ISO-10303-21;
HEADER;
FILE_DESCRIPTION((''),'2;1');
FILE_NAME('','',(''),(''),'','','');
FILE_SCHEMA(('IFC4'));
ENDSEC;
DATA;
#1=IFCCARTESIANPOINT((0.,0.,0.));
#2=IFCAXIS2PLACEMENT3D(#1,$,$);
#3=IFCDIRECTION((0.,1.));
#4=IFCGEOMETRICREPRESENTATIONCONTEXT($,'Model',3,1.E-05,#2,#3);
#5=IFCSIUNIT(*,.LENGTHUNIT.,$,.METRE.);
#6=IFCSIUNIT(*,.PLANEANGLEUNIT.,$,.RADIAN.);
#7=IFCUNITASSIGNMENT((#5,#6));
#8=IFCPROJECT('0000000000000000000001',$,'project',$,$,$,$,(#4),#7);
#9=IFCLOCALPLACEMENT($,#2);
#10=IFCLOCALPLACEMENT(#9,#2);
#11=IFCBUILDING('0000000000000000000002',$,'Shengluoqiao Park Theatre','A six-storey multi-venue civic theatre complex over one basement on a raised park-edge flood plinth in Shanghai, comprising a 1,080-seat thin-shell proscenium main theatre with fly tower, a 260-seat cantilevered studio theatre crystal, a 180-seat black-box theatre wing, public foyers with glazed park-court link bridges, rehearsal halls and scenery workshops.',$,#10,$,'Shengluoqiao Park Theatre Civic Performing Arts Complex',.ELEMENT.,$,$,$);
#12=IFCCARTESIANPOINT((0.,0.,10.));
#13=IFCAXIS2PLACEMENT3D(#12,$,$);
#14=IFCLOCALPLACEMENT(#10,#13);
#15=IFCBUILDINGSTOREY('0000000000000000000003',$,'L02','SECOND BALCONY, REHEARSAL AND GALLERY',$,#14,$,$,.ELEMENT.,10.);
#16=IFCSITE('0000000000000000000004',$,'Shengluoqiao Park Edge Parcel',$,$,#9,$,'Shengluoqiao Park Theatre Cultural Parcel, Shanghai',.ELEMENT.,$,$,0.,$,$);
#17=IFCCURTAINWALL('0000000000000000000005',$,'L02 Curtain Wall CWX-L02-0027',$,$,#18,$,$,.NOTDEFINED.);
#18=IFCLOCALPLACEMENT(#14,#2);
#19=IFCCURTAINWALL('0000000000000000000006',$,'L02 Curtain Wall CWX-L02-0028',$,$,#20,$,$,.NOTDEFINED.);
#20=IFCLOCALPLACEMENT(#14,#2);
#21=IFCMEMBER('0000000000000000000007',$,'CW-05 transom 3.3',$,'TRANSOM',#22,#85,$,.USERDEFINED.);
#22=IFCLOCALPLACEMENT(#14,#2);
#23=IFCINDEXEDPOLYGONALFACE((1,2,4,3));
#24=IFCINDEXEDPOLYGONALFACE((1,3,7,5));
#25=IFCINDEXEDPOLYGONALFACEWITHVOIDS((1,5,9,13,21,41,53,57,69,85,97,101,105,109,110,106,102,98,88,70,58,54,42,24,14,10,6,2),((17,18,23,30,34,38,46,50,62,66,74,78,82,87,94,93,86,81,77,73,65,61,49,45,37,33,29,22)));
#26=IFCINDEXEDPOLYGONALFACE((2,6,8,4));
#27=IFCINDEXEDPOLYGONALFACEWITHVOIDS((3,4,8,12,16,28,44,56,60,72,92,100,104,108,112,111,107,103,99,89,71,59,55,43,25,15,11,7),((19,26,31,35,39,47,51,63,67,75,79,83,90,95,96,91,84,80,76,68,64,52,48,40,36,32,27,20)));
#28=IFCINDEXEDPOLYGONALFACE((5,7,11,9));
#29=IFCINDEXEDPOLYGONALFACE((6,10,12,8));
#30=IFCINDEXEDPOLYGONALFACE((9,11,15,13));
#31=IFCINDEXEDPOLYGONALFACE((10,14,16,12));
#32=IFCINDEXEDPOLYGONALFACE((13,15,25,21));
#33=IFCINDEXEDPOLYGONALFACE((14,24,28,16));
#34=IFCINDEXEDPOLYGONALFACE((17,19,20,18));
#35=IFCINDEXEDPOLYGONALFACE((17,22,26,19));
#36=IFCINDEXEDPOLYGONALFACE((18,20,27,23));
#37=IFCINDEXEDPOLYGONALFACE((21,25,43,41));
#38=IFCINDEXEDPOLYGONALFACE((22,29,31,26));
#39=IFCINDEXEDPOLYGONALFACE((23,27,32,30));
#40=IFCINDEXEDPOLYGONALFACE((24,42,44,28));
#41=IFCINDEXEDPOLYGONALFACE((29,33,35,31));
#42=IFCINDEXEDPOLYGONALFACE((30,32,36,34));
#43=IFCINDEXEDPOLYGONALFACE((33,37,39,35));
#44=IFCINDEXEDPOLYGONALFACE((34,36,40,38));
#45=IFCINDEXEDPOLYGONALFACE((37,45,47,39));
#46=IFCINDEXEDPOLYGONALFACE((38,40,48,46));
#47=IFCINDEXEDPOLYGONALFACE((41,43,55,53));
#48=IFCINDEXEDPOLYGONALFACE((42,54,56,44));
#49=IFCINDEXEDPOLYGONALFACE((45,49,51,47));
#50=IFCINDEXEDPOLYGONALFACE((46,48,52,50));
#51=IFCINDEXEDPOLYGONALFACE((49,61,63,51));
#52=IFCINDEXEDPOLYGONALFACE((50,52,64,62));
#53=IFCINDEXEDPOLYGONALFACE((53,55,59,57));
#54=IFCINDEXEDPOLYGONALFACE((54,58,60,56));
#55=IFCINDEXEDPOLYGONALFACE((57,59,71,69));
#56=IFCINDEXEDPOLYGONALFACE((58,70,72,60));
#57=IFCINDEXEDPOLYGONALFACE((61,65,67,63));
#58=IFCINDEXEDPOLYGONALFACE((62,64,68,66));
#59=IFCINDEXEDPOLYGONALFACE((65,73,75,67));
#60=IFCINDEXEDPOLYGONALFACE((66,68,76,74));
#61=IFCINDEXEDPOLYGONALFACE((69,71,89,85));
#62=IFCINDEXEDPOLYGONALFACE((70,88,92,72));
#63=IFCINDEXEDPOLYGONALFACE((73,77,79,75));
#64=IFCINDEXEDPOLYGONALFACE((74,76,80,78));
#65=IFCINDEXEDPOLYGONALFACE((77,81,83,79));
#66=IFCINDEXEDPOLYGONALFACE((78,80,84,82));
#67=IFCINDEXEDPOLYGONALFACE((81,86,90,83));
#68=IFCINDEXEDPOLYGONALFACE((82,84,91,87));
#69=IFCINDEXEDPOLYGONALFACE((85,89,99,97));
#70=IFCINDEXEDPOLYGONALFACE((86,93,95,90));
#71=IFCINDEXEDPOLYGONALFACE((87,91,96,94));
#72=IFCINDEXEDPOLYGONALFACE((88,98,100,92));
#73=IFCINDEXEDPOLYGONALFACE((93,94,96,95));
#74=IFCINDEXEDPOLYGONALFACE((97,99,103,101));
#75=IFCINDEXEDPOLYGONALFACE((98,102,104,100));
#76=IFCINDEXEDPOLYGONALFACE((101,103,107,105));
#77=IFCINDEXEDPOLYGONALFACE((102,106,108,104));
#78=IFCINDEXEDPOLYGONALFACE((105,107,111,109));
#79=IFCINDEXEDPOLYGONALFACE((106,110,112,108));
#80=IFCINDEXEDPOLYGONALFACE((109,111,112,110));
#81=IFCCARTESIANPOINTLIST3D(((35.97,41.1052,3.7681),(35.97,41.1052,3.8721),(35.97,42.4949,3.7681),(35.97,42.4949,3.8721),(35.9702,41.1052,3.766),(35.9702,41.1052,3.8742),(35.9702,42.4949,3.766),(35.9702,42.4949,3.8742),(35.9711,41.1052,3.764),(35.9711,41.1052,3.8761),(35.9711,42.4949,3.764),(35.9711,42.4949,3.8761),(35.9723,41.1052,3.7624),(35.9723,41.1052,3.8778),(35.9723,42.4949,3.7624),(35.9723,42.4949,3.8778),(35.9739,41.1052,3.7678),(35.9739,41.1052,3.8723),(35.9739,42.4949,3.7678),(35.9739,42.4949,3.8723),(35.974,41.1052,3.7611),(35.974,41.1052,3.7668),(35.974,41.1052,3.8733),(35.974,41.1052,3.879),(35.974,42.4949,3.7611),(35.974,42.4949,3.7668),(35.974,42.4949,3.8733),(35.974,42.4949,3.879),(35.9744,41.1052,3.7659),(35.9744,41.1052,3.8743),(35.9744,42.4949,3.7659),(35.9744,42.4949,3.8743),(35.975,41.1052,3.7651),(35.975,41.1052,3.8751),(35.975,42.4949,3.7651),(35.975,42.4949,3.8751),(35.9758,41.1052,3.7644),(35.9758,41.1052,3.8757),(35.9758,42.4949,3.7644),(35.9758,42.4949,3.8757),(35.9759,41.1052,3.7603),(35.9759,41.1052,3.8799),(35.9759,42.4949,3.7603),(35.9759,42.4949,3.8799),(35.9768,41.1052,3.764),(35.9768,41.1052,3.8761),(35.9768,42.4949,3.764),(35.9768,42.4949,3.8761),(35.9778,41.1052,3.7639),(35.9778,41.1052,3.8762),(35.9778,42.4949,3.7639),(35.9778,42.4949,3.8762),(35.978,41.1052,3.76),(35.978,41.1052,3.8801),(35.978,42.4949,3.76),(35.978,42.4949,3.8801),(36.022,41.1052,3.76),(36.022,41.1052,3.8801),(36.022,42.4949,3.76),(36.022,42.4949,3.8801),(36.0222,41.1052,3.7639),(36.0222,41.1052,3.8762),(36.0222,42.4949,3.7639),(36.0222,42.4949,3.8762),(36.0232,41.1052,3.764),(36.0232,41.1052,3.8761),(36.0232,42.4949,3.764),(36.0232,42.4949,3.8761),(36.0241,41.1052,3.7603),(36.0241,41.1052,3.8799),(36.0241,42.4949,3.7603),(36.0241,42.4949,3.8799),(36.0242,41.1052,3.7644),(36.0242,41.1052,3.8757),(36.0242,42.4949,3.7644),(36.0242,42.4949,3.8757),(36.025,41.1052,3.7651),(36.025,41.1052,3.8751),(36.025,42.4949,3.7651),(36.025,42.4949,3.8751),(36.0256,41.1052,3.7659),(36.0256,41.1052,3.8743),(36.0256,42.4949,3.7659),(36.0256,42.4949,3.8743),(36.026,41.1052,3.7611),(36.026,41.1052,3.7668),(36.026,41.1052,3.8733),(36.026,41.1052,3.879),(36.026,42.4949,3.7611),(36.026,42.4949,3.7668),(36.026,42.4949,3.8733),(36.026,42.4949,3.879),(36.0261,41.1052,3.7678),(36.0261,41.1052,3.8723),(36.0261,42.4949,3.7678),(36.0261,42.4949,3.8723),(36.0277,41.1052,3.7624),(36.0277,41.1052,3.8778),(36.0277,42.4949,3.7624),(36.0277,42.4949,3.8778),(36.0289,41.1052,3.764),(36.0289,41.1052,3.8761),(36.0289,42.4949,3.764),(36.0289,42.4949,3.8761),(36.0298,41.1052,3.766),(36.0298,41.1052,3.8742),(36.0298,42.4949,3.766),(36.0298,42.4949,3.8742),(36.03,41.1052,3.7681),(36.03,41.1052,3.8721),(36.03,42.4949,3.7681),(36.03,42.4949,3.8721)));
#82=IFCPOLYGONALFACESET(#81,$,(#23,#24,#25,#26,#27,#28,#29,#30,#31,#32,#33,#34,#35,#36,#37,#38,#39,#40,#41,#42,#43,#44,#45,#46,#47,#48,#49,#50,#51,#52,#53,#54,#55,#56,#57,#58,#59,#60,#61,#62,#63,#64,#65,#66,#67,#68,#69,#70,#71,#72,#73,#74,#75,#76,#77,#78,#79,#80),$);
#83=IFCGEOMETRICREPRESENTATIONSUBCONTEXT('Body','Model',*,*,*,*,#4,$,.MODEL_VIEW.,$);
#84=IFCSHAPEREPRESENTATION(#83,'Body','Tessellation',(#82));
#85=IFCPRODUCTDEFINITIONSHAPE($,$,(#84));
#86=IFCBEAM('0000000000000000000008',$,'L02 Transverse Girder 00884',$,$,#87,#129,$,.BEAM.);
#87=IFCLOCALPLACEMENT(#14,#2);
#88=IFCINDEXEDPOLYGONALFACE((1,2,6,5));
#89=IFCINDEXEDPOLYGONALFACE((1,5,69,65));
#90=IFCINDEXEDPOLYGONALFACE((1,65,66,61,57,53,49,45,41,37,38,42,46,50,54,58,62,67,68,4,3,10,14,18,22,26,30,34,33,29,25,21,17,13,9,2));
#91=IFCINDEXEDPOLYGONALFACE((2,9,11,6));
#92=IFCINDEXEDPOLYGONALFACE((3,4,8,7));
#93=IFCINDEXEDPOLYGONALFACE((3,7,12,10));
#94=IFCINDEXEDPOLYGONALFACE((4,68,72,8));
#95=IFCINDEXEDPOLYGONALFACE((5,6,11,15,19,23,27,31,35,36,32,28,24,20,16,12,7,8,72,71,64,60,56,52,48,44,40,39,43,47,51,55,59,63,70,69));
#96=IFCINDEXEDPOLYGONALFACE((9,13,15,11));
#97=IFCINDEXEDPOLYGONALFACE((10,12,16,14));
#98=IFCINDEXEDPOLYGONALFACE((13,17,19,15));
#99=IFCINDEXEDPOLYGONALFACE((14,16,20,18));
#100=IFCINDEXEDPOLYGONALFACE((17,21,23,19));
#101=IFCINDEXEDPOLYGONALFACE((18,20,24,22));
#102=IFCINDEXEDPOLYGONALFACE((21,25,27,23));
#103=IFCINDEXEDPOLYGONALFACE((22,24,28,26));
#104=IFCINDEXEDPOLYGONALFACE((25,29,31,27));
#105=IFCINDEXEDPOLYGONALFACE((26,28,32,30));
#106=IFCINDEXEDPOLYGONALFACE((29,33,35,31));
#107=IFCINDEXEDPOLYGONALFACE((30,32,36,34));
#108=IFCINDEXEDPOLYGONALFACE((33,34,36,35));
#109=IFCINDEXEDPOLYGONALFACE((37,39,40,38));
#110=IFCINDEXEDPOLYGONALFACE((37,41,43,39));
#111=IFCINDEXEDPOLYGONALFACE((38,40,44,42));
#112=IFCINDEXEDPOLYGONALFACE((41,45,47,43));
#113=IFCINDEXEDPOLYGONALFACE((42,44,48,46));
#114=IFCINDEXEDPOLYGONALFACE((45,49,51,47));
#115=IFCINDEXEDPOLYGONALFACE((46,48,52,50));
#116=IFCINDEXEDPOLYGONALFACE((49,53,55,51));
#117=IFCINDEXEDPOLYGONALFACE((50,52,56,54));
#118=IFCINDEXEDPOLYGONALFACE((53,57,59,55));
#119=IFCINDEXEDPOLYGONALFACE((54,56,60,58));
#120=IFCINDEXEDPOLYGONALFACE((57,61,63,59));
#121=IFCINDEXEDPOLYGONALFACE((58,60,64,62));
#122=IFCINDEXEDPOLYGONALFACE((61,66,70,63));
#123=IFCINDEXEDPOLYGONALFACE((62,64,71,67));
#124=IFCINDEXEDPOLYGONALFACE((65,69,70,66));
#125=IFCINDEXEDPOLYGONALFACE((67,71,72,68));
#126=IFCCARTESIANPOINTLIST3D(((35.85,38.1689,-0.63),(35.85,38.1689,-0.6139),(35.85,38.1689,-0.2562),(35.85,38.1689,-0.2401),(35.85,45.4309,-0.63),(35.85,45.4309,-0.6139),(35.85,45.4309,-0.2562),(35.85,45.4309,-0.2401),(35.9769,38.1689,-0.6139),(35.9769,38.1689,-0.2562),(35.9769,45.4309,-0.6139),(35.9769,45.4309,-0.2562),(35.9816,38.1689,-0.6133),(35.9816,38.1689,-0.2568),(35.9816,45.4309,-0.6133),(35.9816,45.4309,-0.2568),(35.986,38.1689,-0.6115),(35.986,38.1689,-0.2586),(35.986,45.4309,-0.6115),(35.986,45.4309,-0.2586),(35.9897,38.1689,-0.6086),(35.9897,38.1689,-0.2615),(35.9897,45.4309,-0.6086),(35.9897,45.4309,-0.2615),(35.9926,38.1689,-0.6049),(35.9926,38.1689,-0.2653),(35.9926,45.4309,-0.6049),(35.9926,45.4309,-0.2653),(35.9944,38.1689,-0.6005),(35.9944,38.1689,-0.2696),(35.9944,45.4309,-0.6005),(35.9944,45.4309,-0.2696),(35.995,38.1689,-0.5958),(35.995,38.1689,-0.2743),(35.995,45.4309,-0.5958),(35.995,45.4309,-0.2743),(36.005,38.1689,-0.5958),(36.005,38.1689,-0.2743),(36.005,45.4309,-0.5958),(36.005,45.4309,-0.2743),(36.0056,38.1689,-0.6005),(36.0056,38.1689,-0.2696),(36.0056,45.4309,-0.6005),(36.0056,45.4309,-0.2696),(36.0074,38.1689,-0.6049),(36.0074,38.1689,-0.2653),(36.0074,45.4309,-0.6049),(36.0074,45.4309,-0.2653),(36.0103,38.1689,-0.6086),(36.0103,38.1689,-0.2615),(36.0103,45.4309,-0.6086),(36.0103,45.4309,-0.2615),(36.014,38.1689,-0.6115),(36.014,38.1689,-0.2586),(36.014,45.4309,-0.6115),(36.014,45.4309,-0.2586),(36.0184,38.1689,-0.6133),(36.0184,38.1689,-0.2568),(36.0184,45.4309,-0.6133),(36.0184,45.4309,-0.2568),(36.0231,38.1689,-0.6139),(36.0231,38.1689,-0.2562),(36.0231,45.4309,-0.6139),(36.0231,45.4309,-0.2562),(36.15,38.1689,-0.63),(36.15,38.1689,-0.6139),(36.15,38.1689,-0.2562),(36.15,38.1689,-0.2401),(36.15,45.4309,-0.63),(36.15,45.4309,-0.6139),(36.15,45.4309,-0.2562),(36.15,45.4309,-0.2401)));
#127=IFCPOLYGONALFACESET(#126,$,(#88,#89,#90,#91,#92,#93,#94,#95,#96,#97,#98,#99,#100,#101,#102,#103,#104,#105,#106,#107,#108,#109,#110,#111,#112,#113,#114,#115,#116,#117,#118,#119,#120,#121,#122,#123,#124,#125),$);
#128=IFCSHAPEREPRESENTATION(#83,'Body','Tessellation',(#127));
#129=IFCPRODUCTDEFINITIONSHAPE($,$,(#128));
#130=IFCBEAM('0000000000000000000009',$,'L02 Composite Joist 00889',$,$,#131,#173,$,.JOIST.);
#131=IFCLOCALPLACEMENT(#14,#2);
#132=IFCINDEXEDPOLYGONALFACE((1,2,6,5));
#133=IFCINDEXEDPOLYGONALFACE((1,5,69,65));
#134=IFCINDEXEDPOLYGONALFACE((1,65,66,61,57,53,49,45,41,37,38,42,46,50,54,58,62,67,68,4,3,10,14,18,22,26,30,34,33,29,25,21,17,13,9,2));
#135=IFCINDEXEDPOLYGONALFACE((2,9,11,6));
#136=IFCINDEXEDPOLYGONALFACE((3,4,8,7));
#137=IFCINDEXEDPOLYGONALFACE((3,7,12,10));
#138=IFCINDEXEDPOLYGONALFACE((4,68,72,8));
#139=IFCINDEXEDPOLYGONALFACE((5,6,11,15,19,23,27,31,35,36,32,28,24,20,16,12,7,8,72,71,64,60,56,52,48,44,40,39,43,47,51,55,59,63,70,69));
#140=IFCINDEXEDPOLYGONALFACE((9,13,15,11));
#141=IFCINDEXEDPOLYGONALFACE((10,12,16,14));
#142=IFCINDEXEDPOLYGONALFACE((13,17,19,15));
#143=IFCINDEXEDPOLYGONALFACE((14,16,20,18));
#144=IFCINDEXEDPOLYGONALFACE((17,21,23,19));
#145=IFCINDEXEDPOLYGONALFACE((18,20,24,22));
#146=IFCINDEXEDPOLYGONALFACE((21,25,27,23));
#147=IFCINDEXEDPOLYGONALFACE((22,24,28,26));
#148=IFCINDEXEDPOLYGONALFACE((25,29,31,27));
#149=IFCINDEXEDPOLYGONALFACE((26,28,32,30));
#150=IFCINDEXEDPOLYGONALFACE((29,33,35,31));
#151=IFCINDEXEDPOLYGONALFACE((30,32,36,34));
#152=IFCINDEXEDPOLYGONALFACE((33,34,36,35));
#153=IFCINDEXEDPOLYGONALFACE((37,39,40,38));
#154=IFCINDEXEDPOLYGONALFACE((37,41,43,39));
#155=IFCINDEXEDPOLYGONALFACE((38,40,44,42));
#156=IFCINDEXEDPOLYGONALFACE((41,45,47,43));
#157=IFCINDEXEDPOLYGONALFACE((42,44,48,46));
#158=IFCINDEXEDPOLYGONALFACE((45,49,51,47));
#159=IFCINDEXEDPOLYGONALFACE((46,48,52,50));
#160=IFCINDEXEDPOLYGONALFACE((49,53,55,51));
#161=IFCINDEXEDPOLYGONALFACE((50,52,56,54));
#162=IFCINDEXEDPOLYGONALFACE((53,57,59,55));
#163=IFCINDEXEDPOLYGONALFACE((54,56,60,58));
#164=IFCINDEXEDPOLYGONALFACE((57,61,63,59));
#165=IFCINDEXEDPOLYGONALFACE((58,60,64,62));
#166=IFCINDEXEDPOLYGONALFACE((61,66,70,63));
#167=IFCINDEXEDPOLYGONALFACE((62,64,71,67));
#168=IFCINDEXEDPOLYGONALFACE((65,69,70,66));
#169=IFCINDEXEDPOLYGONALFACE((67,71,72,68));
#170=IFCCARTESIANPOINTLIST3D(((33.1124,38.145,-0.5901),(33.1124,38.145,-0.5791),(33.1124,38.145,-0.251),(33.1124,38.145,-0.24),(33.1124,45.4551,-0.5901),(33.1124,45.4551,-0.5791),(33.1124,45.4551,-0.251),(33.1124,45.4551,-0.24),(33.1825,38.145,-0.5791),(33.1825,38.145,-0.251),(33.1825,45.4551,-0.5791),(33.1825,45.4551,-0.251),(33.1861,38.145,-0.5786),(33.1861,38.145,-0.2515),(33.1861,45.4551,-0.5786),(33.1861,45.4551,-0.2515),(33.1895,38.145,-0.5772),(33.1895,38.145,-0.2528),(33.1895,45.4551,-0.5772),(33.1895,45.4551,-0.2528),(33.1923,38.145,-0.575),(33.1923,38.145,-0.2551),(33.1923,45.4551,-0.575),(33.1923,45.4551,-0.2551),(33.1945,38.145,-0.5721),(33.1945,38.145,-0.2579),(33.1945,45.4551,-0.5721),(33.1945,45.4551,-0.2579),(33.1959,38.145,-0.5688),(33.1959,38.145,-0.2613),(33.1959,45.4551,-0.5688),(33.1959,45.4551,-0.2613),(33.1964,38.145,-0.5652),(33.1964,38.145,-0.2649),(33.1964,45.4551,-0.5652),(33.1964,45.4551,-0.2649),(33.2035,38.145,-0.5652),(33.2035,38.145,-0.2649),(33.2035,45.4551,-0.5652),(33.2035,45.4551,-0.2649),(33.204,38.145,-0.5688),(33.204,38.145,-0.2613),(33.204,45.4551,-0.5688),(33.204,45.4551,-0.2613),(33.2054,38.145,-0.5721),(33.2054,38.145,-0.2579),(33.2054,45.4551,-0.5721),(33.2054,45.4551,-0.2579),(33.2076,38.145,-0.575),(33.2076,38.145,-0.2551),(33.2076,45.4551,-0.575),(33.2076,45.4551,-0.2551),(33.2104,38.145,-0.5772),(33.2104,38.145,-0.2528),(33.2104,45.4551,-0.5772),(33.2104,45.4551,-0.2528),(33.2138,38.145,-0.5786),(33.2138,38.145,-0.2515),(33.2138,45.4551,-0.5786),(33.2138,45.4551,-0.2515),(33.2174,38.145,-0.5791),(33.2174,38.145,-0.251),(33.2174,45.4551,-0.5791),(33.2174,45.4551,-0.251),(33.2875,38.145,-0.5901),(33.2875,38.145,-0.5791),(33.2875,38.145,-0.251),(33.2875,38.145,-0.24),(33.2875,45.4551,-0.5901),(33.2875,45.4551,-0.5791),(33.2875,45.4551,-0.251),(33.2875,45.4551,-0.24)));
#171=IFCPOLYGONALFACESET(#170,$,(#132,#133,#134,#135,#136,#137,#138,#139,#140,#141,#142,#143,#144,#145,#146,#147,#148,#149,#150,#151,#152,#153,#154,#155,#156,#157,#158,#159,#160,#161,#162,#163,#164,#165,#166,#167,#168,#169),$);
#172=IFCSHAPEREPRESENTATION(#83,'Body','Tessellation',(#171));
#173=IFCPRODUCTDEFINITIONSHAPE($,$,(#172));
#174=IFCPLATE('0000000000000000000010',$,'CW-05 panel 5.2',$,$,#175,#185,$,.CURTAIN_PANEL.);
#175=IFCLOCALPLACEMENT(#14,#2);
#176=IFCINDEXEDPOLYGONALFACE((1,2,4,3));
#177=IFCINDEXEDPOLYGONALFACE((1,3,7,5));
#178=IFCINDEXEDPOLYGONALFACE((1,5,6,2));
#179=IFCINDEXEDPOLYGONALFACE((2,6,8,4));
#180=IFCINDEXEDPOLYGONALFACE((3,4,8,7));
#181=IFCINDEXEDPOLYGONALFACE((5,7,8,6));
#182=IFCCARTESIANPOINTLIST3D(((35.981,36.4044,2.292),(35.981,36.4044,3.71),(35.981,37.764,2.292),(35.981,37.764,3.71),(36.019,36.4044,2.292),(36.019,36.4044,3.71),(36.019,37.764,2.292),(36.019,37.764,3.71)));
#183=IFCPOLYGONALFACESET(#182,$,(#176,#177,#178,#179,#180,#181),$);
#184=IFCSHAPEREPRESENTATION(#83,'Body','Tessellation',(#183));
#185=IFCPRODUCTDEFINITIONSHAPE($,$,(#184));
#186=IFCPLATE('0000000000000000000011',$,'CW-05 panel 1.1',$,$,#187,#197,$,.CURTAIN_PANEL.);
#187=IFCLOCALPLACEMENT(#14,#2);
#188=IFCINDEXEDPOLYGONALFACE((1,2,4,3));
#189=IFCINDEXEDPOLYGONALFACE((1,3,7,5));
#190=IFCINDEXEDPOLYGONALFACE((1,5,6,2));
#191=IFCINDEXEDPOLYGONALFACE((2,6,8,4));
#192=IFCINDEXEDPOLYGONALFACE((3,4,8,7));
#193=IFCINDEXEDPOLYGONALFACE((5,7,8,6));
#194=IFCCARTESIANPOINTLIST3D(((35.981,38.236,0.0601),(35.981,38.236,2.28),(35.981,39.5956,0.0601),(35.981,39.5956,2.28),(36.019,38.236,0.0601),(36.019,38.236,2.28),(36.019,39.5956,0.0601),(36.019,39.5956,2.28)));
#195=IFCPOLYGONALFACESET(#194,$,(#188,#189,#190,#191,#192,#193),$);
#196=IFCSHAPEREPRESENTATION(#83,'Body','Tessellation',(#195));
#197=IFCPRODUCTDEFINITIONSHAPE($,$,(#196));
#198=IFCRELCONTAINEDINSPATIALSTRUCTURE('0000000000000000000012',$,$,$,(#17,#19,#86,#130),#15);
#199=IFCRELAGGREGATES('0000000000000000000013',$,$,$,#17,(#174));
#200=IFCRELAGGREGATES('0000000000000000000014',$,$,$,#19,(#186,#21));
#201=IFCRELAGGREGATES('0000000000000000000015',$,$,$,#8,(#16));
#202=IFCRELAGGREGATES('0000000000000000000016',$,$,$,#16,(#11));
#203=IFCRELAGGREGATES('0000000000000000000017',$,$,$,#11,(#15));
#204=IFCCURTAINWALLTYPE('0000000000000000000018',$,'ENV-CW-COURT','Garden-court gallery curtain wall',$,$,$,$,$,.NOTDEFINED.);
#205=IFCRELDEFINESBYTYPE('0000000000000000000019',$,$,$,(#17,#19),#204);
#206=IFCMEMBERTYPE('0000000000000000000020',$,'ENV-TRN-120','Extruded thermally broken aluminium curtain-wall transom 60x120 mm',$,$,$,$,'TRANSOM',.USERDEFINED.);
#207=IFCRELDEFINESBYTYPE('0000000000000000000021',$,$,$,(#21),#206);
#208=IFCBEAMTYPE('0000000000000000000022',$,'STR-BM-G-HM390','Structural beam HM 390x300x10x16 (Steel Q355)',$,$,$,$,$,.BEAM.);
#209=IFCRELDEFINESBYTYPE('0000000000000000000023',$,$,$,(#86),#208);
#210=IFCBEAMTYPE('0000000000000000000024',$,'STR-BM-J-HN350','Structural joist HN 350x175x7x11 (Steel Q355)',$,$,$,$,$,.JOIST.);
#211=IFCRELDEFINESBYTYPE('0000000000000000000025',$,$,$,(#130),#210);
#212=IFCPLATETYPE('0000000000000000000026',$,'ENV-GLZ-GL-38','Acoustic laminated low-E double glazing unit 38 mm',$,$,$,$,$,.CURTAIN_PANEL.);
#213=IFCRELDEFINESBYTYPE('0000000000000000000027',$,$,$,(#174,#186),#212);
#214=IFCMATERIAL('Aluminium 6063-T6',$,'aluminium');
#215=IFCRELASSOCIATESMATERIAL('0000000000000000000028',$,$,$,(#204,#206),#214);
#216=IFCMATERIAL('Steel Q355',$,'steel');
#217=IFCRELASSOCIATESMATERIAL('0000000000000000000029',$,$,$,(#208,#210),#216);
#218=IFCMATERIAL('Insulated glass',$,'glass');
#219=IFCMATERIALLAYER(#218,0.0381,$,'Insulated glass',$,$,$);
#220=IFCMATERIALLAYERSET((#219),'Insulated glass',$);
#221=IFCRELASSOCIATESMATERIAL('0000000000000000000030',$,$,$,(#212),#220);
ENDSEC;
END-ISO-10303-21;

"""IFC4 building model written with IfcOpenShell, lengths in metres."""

from ifc_helpers import new_model, si_unit, direction, frame, origin, origin_2d, place, context, subcontext, project, spatial, rectangle, hollow_rectangle, i_section, extrude, material, layer, layer_set, material_profile, profile_set, type_object, element, aggregate, save


model = new_model("IFC4")

# Units and contexts
model_context = context("Model", 3, precision=1e-05, world=origin(), true_north=direction((0.0, 1.0)))
body_context = subcontext(model_context, "Body", "Model", "MODEL_VIEW")
ifc_project = project(units=[si_unit("LENGTHUNIT", "METRE"), si_unit("PLANEANGLEUNIT", "RADIAN")], contexts=[model_context])

# Site, building, storey
site_placement = place(None, origin())
site = spatial("IfcSite", under=ifc_project, at=site_placement, Name="Shengluoqiao Park Edge Parcel", LongName="Shengluoqiao Park Theatre Cultural Parcel, Shanghai", CompositionType="ELEMENT", RefElevation=0.0)
building_placement = place(site_placement, origin())
building = spatial("IfcBuilding", under=site, at=building_placement, Name="Shengluoqiao Park Theatre", Description="A six-storey multi-venue civic theatre complex over one basement on a raised park-edge flood plinth in Shanghai, comprising a 1,080-seat thin-shell proscenium main theatre with fly tower, a 260-seat cantilevered studio theatre crystal, a 180-seat black-box theatre wing, public foyers with glazed park-court link bridges, rehearsal halls and scenery workshops.", LongName="Shengluoqiao Park Theatre Civic Performing Arts Complex", CompositionType="ELEMENT")
storey_placement = place(building_placement, frame((0.0, 0.0, 10.0)))
storey = spatial("IfcBuildingStorey", under=building, at=storey_placement, Name="L02", Description="SECOND BALCONY, REHEARSAL AND GALLERY", CompositionType="ELEMENT", Elevation=10.0)

# Shared definitions
ifc_material_1 = material(Name="Steel Q355", Category="steel")

# Curtain wall
ifc_material_2 = material(Name="Aluminium 6063-T6", Category="aluminium")
curtain_wall_type = type_object("IfcCurtainWallType", Name="ENV-CW-COURT", Description="Garden-court gallery curtain wall", PredefinedType="NOTDEFINED", material=ifc_material_2)
curtain_wall_1_placement = place(storey_placement, origin())
curtain_wall_1 = element("IfcCurtainWall", 1, at=curtain_wall_1_placement, inside=storey, type_object=curtain_wall_type, Name="L02 Curtain Wall CWX-L02-0027", PredefinedType="NOTDEFINED")

# Curtain wall, member
curtain_wall_2_placement = place(storey_placement, origin())
curtain_wall_2 = element("IfcCurtainWall", 2, at=curtain_wall_2_placement, inside=storey, type_object=curtain_wall_type, Name="L02 Curtain Wall CWX-L02-0028", PredefinedType="NOTDEFINED")
ifc_material_profile_1 = material_profile(ifc_material_2, hollow_rectangle(XDim=0.0601, YDim=0.1201, WallThickness=0.0039, InnerFilletRadius=0.0039, OuterFilletRadius=0.0081, at=origin_2d()), Name="ALU TRANSOM 120x60x4")
ifc_profile_set_1 = profile_set([ifc_material_profile_1], Name="Aluminium 6063-T6")
member_type_1 = type_object("IfcMemberType", Name="ENV-TRN-120", Description="Extruded thermally broken aluminium curtain-wall transom 60x120 mm", ElementType="TRANSOM", PredefinedType="USERDEFINED", material=ifc_profile_set_1)
member_1_placement = place(storey_placement, frame((36.0, 41.1052, 3.8201), z_axis=(0.0, 1.0, 0.0), x_axis=(-1.0, 0.0, 0.0)))
member_1 = element("IfcMember", 3, at=member_1_placement, type_object=member_type_1, Name="CW-05 transom 3.3", ObjectType="TRANSOM", PredefinedType="USERDEFINED", context=body_context, shape_type="SweptSolid", body=[
    extrude(hollow_rectangle(XDim=0.0601, YDim=0.1201, WallThickness=0.0039, InnerFilletRadius=0.0039, OuterFilletRadius=0.0081, at=origin_2d()), origin(), (0.0, 0.0, 1.0), 1.3896),
])

# Beams
ifc_material_profile_2 = material_profile(ifc_material_1, i_section(OverallWidth=0.3, OverallDepth=0.3899, WebThickness=0.01, FlangeThickness=0.0161, FilletRadius=0.0181, at=origin_2d()), Name="HM 390x300x10x16")
ifc_profile_set_2 = profile_set([ifc_material_profile_2], Name="Steel Q355")
beam_type_1 = type_object("IfcBeamType", Name="STR-BM-G-HM390", Description="Structural beam HM 390x300x10x16 (Steel Q355)", PredefinedType="BEAM", material=ifc_profile_set_2)
beam_1_placement = place(storey_placement, frame((36.0, 38.1689, -0.4351), z_axis=(0.0, 1.0, 0.0), x_axis=(-1.0, 0.0, 0.0)))
element("IfcBeam", 4, at=beam_1_placement, inside=storey, type_object=beam_type_1, Name="L02 Transverse Girder 00884", PredefinedType="BEAM", context=body_context, shape_type="SweptSolid", body=[
    extrude(i_section(OverallWidth=0.3, OverallDepth=0.3899, WebThickness=0.01, FlangeThickness=0.0161, FilletRadius=0.0181, at=origin_2d()), origin(), (0.0, 0.0, 1.0), 7.262),
])
ifc_material_profile_3 = material_profile(ifc_material_1, i_section(OverallWidth=0.175, OverallDepth=0.3501, WebThickness=0.0071, FlangeThickness=0.011, FilletRadius=0.0139, at=origin_2d()), Name="HN 350x175x7x11")
ifc_profile_set_3 = profile_set([ifc_material_profile_3], Name="Steel Q355")
beam_type_2 = type_object("IfcBeamType", Name="STR-BM-J-HN350", Description="Structural joist HN 350x175x7x11 (Steel Q355)", PredefinedType="JOIST", material=ifc_profile_set_3)
beam_2_placement = place(storey_placement, frame((33.2, 38.145, -0.415), z_axis=(0.0, 1.0, 0.0), x_axis=(-1.0, 0.0, 0.0)))
element("IfcBeam", 5, at=beam_2_placement, inside=storey, type_object=beam_type_2, Name="L02 Composite Joist 00889", PredefinedType="JOIST", context=body_context, shape_type="SweptSolid", body=[
    extrude(i_section(OverallWidth=0.175, OverallDepth=0.3501, WebThickness=0.0071, FlangeThickness=0.011, FilletRadius=0.0139, at=origin_2d()), origin(), (0.0, 0.0, 1.0), 7.3101),
])

# Plates
ifc_material_3 = material(Name="Insulated glass", Category="glass")
ifc_layer = layer(ifc_material_3, 0.0381, Name="Insulated glass")
ifc_layer_set = layer_set([ifc_layer], Name="Insulated glass")
plate_type = type_object("IfcPlateType", Name="ENV-GLZ-GL-38", Description="Acoustic laminated low-E double glazing unit 38 mm", PredefinedType="CURTAIN_PANEL", material=ifc_layer_set)
plate_1_placement = place(storey_placement, frame((36.0, 37.0842, 2.292), z_axis=(0.0, 0.0, 1.0), x_axis=(0.0, 1.0, 0.0)))
plate_1 = element("IfcPlate", 6, at=plate_1_placement, type_object=plate_type, Name="CW-05 panel 5.2", PredefinedType="CURTAIN_PANEL", context=body_context, shape_type="SweptSolid", body=[
    extrude(rectangle(XDim=1.3596, YDim=0.0381, at=origin_2d()), origin(), (0.0, 0.0, 1.0), 1.418),
])
aggregate(curtain_wall_1, [plate_1])
plate_2_placement = place(storey_placement, frame((36.0, 38.9158, 0.0601), z_axis=(0.0, 0.0, 1.0), x_axis=(0.0, 1.0, 0.0)))
plate_2 = element("IfcPlate", 7, at=plate_2_placement, type_object=plate_type, Name="CW-05 panel 1.1", PredefinedType="CURTAIN_PANEL", context=body_context, shape_type="SweptSolid", body=[
    extrude(rectangle(XDim=1.3596, YDim=0.0381, at=origin_2d()), origin(), (0.0, 0.0, 1.0), 2.22),
])
aggregate(curtain_wall_2, [plate_2, member_1])

save(model, "model.ifc")
